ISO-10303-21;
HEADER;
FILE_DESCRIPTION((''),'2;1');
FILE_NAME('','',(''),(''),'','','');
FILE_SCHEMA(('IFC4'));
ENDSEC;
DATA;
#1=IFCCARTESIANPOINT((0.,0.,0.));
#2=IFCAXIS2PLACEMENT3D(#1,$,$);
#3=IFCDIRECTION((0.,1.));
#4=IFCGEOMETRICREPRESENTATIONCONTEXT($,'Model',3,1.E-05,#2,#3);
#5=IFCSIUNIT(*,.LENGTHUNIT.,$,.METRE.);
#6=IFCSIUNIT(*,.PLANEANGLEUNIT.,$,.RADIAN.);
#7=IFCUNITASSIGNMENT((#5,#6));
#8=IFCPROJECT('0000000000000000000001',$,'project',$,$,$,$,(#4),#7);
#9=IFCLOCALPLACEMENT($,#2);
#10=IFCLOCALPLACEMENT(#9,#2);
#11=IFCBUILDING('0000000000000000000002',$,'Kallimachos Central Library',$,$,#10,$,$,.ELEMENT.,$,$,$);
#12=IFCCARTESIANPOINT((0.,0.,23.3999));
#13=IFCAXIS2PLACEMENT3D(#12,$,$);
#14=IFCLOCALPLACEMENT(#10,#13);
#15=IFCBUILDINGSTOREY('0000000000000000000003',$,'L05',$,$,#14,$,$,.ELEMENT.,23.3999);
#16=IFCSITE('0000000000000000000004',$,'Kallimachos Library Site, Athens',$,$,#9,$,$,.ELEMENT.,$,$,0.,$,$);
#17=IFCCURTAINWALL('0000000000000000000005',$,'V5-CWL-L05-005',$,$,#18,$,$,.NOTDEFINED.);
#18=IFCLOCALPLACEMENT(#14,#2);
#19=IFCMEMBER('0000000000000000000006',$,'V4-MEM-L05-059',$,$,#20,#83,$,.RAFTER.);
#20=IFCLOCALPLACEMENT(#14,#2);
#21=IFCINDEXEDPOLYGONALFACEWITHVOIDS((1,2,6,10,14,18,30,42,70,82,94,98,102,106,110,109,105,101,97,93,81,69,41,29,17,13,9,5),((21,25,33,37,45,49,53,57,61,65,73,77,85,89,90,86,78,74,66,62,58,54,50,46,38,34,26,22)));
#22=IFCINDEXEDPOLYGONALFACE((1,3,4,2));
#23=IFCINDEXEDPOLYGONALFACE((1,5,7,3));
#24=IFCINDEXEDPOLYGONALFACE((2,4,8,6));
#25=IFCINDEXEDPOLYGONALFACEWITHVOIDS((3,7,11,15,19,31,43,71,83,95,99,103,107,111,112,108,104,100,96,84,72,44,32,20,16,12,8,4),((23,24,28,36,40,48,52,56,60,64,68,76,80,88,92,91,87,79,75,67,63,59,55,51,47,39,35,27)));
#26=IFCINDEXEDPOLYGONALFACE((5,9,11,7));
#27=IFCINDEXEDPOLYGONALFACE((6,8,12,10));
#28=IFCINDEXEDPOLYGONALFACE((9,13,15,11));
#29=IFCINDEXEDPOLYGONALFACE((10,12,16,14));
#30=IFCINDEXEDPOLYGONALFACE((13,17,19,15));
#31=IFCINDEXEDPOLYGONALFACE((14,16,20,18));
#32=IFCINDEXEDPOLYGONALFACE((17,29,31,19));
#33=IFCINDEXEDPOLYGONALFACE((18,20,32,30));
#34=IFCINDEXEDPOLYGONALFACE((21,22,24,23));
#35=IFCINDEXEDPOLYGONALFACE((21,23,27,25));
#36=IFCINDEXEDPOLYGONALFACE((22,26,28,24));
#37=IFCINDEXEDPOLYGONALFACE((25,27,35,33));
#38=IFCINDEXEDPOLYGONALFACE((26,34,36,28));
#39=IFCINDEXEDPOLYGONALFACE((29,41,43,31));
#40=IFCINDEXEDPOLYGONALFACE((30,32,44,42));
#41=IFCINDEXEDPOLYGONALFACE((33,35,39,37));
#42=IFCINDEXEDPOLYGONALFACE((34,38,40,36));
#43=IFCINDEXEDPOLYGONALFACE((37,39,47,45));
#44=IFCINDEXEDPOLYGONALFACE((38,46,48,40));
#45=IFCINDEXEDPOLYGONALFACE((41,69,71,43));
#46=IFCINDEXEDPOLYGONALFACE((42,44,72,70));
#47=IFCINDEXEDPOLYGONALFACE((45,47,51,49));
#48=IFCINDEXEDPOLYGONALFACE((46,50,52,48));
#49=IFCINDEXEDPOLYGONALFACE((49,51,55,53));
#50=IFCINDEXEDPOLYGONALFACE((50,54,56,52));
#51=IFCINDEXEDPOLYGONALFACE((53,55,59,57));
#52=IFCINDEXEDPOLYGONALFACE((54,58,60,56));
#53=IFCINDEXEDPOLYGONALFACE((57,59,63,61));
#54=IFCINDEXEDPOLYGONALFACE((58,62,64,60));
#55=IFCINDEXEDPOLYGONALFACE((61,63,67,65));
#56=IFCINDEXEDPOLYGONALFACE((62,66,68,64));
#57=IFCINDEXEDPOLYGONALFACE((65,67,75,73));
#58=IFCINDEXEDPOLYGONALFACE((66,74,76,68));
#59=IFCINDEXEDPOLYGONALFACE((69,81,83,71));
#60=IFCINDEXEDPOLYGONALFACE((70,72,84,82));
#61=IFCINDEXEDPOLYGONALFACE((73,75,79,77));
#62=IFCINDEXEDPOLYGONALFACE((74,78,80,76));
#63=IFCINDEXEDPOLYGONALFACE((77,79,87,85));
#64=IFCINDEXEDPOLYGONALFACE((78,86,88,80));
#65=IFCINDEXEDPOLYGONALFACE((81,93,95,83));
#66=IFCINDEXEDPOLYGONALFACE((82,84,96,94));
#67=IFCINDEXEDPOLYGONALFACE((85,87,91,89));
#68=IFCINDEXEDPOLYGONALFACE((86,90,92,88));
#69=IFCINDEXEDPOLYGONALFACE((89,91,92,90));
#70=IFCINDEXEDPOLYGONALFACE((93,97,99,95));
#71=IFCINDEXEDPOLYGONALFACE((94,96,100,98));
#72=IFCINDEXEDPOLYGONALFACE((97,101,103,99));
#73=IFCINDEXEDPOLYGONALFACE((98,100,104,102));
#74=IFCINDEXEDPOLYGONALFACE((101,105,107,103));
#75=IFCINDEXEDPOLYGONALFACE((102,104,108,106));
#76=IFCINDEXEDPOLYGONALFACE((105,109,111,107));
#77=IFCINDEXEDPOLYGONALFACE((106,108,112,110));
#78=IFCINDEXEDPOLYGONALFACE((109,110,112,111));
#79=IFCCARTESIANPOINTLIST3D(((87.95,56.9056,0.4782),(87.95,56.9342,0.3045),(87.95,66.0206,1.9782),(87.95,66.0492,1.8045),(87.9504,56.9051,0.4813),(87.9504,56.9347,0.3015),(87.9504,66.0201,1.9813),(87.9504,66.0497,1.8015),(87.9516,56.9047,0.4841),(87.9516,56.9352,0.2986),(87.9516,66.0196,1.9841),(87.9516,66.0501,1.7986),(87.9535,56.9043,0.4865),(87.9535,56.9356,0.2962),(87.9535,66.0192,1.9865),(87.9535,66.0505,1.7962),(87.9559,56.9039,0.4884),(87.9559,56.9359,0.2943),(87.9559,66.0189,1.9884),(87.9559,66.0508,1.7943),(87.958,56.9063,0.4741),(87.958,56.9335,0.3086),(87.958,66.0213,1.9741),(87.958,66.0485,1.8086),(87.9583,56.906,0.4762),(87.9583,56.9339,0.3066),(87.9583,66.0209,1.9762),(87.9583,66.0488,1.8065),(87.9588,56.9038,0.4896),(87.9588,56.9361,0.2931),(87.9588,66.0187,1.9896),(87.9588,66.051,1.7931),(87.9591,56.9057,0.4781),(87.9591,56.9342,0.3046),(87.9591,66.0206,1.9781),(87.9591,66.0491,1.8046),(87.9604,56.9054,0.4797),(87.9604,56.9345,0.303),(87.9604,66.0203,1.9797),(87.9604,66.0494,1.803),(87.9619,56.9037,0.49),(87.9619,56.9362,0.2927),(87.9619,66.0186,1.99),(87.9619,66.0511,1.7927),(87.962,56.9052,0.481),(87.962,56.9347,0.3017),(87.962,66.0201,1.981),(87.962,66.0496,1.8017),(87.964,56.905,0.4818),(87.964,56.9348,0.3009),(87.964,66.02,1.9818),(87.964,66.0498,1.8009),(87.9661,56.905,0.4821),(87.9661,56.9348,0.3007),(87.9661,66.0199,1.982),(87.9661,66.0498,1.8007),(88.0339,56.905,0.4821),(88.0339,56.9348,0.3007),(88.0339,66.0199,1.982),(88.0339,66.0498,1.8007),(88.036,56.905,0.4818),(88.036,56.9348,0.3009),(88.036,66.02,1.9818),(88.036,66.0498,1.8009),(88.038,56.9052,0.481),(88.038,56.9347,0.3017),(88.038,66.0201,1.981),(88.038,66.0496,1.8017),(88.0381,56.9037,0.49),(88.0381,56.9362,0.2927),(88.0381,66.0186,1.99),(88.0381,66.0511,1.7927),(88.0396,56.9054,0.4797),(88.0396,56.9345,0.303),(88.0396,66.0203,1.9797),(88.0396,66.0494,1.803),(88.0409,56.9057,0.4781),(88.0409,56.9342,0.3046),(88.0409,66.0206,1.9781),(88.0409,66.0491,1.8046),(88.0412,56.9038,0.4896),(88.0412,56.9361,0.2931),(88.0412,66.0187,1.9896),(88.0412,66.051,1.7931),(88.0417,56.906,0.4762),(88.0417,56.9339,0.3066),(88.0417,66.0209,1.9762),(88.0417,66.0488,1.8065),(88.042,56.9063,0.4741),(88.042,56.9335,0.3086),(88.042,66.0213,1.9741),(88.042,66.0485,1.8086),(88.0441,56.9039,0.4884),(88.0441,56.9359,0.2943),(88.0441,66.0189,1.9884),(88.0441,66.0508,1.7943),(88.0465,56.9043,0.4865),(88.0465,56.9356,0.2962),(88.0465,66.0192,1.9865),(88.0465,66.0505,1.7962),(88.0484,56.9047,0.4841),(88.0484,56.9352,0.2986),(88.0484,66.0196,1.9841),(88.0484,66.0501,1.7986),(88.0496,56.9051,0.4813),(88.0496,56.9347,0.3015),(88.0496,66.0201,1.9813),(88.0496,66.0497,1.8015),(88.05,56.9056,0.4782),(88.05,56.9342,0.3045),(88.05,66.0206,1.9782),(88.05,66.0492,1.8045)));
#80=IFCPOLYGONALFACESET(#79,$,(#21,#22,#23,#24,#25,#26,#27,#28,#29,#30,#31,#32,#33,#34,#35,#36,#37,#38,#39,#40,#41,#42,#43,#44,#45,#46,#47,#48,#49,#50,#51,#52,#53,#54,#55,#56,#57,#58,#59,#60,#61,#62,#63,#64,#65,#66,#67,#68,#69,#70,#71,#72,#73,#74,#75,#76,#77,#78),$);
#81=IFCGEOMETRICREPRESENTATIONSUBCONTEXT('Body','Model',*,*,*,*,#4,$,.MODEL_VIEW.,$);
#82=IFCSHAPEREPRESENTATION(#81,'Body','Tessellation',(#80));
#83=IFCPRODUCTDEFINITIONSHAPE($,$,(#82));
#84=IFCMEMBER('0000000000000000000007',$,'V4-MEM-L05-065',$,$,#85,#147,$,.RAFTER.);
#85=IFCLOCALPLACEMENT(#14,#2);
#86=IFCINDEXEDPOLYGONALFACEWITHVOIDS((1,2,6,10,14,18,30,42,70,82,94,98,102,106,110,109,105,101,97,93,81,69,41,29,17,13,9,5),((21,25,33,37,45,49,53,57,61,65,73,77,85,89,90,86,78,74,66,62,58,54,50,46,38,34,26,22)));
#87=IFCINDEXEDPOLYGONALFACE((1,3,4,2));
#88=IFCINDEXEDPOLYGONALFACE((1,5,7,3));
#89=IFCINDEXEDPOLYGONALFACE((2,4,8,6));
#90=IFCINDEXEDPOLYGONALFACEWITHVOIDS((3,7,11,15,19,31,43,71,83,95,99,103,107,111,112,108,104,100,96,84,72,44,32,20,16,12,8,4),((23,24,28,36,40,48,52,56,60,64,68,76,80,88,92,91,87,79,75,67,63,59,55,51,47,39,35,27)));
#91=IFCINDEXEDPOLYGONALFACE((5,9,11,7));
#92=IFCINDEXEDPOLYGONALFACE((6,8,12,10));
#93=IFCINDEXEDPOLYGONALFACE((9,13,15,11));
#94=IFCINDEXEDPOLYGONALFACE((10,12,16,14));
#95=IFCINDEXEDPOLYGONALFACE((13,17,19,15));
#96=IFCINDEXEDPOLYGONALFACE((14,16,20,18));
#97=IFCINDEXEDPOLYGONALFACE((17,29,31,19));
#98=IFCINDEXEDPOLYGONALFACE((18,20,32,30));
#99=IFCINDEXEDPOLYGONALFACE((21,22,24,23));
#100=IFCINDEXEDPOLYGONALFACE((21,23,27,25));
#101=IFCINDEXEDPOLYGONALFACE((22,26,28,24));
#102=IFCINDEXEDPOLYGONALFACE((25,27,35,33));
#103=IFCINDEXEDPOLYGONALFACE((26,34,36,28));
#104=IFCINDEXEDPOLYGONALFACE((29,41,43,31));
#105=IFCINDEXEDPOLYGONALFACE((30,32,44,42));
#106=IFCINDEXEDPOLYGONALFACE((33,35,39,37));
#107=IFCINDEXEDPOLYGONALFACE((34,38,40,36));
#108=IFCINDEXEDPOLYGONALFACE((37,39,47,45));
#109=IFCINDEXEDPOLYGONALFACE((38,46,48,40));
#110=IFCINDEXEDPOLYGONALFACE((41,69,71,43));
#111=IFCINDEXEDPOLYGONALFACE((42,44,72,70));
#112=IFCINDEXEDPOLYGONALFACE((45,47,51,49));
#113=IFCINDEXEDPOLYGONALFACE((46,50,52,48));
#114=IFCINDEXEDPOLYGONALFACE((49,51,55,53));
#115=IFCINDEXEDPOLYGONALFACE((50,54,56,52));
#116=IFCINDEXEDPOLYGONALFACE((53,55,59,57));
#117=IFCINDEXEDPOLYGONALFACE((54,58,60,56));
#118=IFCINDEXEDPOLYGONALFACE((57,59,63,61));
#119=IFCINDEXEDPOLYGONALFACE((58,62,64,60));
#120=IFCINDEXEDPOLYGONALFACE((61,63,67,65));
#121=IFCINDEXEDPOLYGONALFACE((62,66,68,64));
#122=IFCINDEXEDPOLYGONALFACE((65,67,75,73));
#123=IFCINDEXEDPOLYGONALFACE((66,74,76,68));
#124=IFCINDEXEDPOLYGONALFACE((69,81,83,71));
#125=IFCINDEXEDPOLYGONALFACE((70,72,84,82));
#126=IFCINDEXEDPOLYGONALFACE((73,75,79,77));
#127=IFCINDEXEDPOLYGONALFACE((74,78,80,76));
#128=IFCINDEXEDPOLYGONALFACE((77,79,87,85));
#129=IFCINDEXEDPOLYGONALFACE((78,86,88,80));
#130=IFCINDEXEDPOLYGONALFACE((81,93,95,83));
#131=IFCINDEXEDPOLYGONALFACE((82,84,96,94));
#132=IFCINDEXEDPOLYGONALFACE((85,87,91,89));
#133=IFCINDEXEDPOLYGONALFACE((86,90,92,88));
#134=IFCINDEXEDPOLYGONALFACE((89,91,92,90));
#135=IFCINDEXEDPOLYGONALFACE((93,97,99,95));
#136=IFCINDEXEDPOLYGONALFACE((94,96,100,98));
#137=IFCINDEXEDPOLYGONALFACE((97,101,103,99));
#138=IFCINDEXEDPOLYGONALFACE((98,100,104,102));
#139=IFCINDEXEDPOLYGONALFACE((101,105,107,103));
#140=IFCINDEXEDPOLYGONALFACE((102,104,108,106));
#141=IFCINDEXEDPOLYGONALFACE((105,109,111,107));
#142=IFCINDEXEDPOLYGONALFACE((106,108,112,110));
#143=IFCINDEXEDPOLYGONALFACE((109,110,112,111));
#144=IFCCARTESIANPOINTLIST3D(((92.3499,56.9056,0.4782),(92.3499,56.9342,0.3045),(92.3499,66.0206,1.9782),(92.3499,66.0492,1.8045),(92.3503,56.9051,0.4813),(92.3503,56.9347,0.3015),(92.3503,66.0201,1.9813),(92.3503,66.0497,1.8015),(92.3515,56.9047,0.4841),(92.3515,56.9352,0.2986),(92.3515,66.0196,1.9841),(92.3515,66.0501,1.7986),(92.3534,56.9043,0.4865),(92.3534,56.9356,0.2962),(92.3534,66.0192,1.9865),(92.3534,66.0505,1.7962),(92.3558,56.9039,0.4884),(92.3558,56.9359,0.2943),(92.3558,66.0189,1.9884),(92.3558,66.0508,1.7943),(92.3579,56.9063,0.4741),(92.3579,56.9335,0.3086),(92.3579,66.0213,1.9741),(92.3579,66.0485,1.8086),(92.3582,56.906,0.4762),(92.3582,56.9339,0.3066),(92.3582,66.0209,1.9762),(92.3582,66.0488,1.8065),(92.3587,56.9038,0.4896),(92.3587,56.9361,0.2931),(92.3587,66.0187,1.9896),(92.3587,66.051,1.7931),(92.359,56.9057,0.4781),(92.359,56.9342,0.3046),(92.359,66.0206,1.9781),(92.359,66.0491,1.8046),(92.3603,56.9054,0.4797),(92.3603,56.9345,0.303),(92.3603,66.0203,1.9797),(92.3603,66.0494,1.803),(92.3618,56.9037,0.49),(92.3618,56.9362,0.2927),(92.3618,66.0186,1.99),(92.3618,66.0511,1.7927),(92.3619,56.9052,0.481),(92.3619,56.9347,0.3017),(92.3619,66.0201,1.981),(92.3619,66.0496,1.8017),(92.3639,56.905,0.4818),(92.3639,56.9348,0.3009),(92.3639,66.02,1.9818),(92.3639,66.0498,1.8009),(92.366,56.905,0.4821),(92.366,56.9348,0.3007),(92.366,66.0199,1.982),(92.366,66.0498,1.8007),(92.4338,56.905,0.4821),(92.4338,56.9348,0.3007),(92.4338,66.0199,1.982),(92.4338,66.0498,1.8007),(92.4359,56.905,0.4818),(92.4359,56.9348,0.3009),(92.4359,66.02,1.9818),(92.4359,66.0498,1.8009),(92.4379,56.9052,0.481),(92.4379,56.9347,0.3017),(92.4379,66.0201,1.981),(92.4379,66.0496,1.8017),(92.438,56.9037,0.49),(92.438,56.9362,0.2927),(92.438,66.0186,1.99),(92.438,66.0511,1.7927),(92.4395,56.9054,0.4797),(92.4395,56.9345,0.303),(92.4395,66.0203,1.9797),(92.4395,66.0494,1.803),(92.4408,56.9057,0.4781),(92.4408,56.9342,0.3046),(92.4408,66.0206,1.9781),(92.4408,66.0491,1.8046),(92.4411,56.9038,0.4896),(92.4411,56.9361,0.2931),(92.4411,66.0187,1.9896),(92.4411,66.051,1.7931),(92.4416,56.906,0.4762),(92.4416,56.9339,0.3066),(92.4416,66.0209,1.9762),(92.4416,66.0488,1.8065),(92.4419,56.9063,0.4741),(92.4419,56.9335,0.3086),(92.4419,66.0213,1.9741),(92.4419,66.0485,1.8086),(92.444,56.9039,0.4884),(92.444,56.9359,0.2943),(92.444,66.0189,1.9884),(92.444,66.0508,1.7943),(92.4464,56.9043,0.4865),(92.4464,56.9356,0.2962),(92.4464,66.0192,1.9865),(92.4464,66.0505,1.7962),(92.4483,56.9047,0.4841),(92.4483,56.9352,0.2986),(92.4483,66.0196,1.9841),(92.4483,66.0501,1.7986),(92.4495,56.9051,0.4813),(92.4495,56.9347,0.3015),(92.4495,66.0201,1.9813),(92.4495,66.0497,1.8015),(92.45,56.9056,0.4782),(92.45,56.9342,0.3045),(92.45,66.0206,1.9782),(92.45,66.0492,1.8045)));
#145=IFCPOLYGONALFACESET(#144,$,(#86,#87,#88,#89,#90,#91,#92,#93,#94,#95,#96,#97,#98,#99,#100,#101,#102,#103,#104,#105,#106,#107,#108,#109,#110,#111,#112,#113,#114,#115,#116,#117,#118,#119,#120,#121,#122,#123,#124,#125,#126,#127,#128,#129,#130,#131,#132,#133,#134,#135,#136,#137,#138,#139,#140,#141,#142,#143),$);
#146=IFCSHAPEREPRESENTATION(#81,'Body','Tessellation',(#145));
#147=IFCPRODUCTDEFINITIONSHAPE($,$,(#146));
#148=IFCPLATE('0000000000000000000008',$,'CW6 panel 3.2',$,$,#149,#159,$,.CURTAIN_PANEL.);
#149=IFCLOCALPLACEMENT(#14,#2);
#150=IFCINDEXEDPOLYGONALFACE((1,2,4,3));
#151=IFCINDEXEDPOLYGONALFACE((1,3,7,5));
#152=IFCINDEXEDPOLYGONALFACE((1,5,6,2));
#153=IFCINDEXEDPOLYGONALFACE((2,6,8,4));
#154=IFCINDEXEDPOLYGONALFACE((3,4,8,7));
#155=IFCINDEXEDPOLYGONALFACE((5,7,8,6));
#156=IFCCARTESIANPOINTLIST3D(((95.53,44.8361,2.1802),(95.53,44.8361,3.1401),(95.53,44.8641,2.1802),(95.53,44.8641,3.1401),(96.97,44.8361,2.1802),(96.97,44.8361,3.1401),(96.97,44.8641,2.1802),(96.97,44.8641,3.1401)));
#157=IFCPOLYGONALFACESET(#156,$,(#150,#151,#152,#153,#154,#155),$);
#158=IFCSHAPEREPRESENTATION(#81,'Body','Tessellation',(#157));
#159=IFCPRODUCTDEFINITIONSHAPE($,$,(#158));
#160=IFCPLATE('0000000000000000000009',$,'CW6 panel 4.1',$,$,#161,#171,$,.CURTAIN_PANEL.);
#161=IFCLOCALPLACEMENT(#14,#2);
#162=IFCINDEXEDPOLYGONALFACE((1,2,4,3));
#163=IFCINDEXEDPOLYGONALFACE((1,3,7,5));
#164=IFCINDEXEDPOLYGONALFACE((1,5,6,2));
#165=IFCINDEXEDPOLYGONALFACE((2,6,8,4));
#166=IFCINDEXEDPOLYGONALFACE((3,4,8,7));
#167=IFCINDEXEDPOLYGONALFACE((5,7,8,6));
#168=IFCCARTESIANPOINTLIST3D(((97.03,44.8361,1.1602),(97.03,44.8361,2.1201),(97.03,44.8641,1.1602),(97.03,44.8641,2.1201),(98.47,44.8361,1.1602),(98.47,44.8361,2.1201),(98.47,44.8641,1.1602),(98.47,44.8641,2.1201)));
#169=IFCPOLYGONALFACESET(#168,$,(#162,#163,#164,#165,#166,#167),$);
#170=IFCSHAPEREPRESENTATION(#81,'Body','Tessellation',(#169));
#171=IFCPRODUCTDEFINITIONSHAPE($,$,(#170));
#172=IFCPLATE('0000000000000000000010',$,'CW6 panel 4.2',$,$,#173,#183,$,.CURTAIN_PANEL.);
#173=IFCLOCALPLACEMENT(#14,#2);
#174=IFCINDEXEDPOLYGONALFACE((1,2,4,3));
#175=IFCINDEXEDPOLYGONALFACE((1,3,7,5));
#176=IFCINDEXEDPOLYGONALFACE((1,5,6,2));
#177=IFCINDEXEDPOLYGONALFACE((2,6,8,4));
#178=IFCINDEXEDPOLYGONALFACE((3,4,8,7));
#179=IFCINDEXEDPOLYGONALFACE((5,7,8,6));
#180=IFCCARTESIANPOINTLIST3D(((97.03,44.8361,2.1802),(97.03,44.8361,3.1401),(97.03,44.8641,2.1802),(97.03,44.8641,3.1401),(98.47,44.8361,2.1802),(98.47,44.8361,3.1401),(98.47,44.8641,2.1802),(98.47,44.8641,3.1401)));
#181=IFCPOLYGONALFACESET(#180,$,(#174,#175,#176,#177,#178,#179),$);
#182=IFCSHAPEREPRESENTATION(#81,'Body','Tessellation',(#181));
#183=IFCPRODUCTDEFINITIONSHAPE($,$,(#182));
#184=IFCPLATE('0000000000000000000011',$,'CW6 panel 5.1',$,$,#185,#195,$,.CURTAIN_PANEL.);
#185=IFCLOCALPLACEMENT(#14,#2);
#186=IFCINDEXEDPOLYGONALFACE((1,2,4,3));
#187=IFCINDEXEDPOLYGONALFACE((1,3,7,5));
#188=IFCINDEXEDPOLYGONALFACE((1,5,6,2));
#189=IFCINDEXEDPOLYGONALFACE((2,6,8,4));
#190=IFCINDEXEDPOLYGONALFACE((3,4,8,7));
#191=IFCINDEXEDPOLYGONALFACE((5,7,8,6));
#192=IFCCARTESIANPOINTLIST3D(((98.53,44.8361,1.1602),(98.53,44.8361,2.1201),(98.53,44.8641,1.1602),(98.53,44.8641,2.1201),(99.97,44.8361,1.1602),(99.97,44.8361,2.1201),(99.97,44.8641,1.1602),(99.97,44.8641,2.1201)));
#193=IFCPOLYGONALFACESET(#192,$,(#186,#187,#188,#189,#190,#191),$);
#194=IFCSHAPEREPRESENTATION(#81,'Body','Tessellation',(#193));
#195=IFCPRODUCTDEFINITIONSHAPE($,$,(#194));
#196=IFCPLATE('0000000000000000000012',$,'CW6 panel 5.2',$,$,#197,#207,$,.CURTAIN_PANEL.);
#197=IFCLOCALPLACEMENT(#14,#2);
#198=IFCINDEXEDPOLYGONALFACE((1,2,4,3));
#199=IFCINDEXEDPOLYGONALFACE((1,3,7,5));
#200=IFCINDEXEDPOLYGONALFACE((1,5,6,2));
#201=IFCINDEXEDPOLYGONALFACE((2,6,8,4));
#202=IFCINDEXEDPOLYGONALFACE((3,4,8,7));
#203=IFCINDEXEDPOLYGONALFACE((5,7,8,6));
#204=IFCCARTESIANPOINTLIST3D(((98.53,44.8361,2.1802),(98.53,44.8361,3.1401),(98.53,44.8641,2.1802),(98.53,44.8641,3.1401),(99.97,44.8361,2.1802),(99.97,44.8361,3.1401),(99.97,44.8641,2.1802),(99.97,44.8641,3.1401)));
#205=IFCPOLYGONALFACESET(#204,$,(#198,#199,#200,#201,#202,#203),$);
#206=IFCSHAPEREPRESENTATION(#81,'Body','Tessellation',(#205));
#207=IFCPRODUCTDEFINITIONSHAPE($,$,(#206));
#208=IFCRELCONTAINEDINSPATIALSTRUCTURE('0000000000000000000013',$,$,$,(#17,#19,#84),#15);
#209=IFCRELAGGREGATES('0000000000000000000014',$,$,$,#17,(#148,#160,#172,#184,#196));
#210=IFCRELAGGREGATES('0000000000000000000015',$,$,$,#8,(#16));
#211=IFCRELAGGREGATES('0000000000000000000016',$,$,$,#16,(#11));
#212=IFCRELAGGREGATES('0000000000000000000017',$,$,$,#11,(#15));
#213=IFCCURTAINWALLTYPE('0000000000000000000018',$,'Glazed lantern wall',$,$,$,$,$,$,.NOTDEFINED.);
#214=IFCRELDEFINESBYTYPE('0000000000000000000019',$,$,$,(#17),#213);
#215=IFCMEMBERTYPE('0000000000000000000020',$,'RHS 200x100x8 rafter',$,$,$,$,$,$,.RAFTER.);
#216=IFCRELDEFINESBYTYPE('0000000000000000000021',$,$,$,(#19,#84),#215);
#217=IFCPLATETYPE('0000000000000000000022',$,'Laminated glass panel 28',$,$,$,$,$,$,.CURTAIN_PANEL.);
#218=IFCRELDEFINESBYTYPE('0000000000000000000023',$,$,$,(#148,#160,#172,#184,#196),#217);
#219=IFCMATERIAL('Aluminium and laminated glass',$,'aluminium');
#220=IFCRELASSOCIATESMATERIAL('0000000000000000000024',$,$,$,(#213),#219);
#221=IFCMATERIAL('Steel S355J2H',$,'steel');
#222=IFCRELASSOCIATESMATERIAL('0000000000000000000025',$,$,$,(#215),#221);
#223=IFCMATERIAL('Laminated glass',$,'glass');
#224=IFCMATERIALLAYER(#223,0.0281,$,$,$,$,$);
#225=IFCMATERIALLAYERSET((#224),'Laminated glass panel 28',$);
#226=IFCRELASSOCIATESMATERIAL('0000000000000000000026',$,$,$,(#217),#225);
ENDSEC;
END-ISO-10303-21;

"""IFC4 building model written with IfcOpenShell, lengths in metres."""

from ifc_helpers import new_model, si_unit, direction, frame, origin, origin_2d, place, context, subcontext, project, spatial, rectangle, hollow_rectangle, extrude, material, layer, layer_set, material_profile, profile_set, type_object, element, aggregate, save


model = new_model("IFC4")

# Units and contexts
model_context = context("Model", 3, precision=1e-05, world=origin(), true_north=direction((0.0, 1.0)))
body_context = subcontext(model_context, "Body", "Model", "MODEL_VIEW")
ifc_project = project(units=[si_unit("LENGTHUNIT", "METRE"), si_unit("PLANEANGLEUNIT", "RADIAN")], contexts=[model_context])

# Site, building, storey
site_placement = place(None, origin())
site = spatial("IfcSite", under=ifc_project, at=site_placement, Name="Kallimachos Library Site, Athens", CompositionType="ELEMENT", RefElevation=0.0)
building_placement = place(site_placement, origin())
building = spatial("IfcBuilding", under=site, at=building_placement, Name="Kallimachos Central Library", CompositionType="ELEMENT")
storey_placement = place(building_placement, frame((0.0, 0.0, 23.3999)))
storey = spatial("IfcBuildingStorey", under=building, at=storey_placement, Name="L05", CompositionType="ELEMENT", Elevation=23.3999)

# Curtain wall
ifc_material_1 = material(Name="Aluminium and laminated glass", Category="aluminium")
curtain_wall_type = type_object("IfcCurtainWallType", Name="Glazed lantern wall", PredefinedType="NOTDEFINED", material=ifc_material_1)
curtain_wall_placement = place(storey_placement, origin())
curtain_wall = element("IfcCurtainWall", 1, at=curtain_wall_placement, inside=storey, type_object=curtain_wall_type, Name="V5-CWL-L05-005", PredefinedType="NOTDEFINED")

# Members
ifc_material_2 = material(Name="Steel S355J2H", Category="steel")
ifc_material_profile_1 = material_profile(ifc_material_2, hollow_rectangle(XDim=0.1001, YDim=0.2, WallThickness=0.0081, InnerFilletRadius=0.0081, OuterFilletRadius=0.012, at=origin_2d()), Name="RHS 200x100x8")
ifc_profile_set_1 = profile_set([ifc_material_profile_1], Name="Steel S355J2H")
member_type_1 = type_object("IfcMemberType", Name="RHS 200x100x8 rafter", PredefinedType="RAFTER", material=ifc_profile_set_1)
for number, where, z_axis, x_axis, name in (
    (2, (88.0, 56.9199, 0.3914), (0.0, 0.986728, 0.16238), (-1.0, 0.0, 0.0), "V4-MEM-L05-059"),
    (3, (92.3999, 56.9199, 0.3914), (0.0, 0.986728, 0.16238), (-1.0, 0.0, 0.0), "V4-MEM-L05-065"),
):
    element("IfcMember", number, at=place(storey_placement, frame(where, z_axis=z_axis, x_axis=x_axis)), inside=storey, type_object=member_type_1, Name=name, PredefinedType="RAFTER", context=body_context, shape_type="SweptSolid", body=[
        extrude(hollow_rectangle(XDim=0.1001, YDim=0.2, WallThickness=0.0081, InnerFilletRadius=0.0081, OuterFilletRadius=0.012, at=origin_2d()), origin(), (0.0, 0.0, 1.0), 9.2375),
    ])

# Plates
ifc_material_3 = material(Name="Laminated glass", Category="glass")
ifc_layer_1 = layer(ifc_material_3, 0.0281)
ifc_layer_set_1 = layer_set([ifc_layer_1], Name="Laminated glass panel 28")
plate_type_1 = type_object("IfcPlateType", Name="Laminated glass panel 28", PredefinedType="CURTAIN_PANEL", material=ifc_layer_set_1)
plate_1_placement = place(storey_placement, frame((96.25, 44.8501, 2.1802), z_axis=(0.0, 0.0, 1.0), x_axis=(1.0, 0.0, 0.0)))
plate_1 = element("IfcPlate", 4, at=plate_1_placement, type_object=plate_type_1, Name="CW6 panel 3.2", PredefinedType="CURTAIN_PANEL", context=body_context, shape_type="SweptSolid", body=[
    extrude(rectangle(XDim=1.4399, YDim=0.0281, at=origin_2d()), origin(), (0.0, 0.0, 1.0), 0.96),
])
plate_2_placement = place(storey_placement, frame((97.75, 44.8501, 1.1602), z_axis=(0.0, 0.0, 1.0), x_axis=(1.0, 0.0, 0.0)))
plate_2 = element("IfcPlate", 5, at=plate_2_placement, type_object=plate_type_1, Name="CW6 panel 4.1", PredefinedType="CURTAIN_PANEL", context=body_context, shape_type="SweptSolid", body=[
    extrude(rectangle(XDim=1.4399, YDim=0.0281, at=origin_2d()), origin(), (0.0, 0.0, 1.0), 0.96),
])
plate_3_placement = place(storey_placement, frame((97.75, 44.8501, 2.1802), z_axis=(0.0, 0.0, 1.0), x_axis=(1.0, 0.0, 0.0)))
plate_3 = element("IfcPlate", 6, at=plate_3_placement, type_object=plate_type_1, Name="CW6 panel 4.2", PredefinedType="CURTAIN_PANEL", context=body_context, shape_type="SweptSolid", body=[
    extrude(rectangle(XDim=1.4399, YDim=0.0281, at=origin_2d()), origin(), (0.0, 0.0, 1.0), 0.96),
])
plate_4_placement = place(storey_placement, frame((99.25, 44.8501, 1.1602), z_axis=(0.0, 0.0, 1.0), x_axis=(1.0, 0.0, 0.0)))
plate_4 = element("IfcPlate", 7, at=plate_4_placement, type_object=plate_type_1, Name="CW6 panel 5.1", PredefinedType="CURTAIN_PANEL", context=body_context, shape_type="SweptSolid", body=[
    extrude(rectangle(XDim=1.4399, YDim=0.0281, at=origin_2d()), origin(), (0.0, 0.0, 1.0), 0.96),
])
plate_5_placement = place(storey_placement, frame((99.25, 44.8501, 2.1802), z_axis=(0.0, 0.0, 1.0), x_axis=(1.0, 0.0, 0.0)))
plate_5 = element("IfcPlate", 8, at=plate_5_placement, type_object=plate_type_1, Name="CW6 panel 5.2", PredefinedType="CURTAIN_PANEL", context=body_context, shape_type="SweptSolid", body=[
    extrude(rectangle(XDim=1.4399, YDim=0.0281, at=origin_2d()), origin(), (0.0, 0.0, 1.0), 0.96),
])
aggregate(curtain_wall, [plate_1, plate_2, plate_3, plate_4, plate_5])

save(model, "model.ifc")
